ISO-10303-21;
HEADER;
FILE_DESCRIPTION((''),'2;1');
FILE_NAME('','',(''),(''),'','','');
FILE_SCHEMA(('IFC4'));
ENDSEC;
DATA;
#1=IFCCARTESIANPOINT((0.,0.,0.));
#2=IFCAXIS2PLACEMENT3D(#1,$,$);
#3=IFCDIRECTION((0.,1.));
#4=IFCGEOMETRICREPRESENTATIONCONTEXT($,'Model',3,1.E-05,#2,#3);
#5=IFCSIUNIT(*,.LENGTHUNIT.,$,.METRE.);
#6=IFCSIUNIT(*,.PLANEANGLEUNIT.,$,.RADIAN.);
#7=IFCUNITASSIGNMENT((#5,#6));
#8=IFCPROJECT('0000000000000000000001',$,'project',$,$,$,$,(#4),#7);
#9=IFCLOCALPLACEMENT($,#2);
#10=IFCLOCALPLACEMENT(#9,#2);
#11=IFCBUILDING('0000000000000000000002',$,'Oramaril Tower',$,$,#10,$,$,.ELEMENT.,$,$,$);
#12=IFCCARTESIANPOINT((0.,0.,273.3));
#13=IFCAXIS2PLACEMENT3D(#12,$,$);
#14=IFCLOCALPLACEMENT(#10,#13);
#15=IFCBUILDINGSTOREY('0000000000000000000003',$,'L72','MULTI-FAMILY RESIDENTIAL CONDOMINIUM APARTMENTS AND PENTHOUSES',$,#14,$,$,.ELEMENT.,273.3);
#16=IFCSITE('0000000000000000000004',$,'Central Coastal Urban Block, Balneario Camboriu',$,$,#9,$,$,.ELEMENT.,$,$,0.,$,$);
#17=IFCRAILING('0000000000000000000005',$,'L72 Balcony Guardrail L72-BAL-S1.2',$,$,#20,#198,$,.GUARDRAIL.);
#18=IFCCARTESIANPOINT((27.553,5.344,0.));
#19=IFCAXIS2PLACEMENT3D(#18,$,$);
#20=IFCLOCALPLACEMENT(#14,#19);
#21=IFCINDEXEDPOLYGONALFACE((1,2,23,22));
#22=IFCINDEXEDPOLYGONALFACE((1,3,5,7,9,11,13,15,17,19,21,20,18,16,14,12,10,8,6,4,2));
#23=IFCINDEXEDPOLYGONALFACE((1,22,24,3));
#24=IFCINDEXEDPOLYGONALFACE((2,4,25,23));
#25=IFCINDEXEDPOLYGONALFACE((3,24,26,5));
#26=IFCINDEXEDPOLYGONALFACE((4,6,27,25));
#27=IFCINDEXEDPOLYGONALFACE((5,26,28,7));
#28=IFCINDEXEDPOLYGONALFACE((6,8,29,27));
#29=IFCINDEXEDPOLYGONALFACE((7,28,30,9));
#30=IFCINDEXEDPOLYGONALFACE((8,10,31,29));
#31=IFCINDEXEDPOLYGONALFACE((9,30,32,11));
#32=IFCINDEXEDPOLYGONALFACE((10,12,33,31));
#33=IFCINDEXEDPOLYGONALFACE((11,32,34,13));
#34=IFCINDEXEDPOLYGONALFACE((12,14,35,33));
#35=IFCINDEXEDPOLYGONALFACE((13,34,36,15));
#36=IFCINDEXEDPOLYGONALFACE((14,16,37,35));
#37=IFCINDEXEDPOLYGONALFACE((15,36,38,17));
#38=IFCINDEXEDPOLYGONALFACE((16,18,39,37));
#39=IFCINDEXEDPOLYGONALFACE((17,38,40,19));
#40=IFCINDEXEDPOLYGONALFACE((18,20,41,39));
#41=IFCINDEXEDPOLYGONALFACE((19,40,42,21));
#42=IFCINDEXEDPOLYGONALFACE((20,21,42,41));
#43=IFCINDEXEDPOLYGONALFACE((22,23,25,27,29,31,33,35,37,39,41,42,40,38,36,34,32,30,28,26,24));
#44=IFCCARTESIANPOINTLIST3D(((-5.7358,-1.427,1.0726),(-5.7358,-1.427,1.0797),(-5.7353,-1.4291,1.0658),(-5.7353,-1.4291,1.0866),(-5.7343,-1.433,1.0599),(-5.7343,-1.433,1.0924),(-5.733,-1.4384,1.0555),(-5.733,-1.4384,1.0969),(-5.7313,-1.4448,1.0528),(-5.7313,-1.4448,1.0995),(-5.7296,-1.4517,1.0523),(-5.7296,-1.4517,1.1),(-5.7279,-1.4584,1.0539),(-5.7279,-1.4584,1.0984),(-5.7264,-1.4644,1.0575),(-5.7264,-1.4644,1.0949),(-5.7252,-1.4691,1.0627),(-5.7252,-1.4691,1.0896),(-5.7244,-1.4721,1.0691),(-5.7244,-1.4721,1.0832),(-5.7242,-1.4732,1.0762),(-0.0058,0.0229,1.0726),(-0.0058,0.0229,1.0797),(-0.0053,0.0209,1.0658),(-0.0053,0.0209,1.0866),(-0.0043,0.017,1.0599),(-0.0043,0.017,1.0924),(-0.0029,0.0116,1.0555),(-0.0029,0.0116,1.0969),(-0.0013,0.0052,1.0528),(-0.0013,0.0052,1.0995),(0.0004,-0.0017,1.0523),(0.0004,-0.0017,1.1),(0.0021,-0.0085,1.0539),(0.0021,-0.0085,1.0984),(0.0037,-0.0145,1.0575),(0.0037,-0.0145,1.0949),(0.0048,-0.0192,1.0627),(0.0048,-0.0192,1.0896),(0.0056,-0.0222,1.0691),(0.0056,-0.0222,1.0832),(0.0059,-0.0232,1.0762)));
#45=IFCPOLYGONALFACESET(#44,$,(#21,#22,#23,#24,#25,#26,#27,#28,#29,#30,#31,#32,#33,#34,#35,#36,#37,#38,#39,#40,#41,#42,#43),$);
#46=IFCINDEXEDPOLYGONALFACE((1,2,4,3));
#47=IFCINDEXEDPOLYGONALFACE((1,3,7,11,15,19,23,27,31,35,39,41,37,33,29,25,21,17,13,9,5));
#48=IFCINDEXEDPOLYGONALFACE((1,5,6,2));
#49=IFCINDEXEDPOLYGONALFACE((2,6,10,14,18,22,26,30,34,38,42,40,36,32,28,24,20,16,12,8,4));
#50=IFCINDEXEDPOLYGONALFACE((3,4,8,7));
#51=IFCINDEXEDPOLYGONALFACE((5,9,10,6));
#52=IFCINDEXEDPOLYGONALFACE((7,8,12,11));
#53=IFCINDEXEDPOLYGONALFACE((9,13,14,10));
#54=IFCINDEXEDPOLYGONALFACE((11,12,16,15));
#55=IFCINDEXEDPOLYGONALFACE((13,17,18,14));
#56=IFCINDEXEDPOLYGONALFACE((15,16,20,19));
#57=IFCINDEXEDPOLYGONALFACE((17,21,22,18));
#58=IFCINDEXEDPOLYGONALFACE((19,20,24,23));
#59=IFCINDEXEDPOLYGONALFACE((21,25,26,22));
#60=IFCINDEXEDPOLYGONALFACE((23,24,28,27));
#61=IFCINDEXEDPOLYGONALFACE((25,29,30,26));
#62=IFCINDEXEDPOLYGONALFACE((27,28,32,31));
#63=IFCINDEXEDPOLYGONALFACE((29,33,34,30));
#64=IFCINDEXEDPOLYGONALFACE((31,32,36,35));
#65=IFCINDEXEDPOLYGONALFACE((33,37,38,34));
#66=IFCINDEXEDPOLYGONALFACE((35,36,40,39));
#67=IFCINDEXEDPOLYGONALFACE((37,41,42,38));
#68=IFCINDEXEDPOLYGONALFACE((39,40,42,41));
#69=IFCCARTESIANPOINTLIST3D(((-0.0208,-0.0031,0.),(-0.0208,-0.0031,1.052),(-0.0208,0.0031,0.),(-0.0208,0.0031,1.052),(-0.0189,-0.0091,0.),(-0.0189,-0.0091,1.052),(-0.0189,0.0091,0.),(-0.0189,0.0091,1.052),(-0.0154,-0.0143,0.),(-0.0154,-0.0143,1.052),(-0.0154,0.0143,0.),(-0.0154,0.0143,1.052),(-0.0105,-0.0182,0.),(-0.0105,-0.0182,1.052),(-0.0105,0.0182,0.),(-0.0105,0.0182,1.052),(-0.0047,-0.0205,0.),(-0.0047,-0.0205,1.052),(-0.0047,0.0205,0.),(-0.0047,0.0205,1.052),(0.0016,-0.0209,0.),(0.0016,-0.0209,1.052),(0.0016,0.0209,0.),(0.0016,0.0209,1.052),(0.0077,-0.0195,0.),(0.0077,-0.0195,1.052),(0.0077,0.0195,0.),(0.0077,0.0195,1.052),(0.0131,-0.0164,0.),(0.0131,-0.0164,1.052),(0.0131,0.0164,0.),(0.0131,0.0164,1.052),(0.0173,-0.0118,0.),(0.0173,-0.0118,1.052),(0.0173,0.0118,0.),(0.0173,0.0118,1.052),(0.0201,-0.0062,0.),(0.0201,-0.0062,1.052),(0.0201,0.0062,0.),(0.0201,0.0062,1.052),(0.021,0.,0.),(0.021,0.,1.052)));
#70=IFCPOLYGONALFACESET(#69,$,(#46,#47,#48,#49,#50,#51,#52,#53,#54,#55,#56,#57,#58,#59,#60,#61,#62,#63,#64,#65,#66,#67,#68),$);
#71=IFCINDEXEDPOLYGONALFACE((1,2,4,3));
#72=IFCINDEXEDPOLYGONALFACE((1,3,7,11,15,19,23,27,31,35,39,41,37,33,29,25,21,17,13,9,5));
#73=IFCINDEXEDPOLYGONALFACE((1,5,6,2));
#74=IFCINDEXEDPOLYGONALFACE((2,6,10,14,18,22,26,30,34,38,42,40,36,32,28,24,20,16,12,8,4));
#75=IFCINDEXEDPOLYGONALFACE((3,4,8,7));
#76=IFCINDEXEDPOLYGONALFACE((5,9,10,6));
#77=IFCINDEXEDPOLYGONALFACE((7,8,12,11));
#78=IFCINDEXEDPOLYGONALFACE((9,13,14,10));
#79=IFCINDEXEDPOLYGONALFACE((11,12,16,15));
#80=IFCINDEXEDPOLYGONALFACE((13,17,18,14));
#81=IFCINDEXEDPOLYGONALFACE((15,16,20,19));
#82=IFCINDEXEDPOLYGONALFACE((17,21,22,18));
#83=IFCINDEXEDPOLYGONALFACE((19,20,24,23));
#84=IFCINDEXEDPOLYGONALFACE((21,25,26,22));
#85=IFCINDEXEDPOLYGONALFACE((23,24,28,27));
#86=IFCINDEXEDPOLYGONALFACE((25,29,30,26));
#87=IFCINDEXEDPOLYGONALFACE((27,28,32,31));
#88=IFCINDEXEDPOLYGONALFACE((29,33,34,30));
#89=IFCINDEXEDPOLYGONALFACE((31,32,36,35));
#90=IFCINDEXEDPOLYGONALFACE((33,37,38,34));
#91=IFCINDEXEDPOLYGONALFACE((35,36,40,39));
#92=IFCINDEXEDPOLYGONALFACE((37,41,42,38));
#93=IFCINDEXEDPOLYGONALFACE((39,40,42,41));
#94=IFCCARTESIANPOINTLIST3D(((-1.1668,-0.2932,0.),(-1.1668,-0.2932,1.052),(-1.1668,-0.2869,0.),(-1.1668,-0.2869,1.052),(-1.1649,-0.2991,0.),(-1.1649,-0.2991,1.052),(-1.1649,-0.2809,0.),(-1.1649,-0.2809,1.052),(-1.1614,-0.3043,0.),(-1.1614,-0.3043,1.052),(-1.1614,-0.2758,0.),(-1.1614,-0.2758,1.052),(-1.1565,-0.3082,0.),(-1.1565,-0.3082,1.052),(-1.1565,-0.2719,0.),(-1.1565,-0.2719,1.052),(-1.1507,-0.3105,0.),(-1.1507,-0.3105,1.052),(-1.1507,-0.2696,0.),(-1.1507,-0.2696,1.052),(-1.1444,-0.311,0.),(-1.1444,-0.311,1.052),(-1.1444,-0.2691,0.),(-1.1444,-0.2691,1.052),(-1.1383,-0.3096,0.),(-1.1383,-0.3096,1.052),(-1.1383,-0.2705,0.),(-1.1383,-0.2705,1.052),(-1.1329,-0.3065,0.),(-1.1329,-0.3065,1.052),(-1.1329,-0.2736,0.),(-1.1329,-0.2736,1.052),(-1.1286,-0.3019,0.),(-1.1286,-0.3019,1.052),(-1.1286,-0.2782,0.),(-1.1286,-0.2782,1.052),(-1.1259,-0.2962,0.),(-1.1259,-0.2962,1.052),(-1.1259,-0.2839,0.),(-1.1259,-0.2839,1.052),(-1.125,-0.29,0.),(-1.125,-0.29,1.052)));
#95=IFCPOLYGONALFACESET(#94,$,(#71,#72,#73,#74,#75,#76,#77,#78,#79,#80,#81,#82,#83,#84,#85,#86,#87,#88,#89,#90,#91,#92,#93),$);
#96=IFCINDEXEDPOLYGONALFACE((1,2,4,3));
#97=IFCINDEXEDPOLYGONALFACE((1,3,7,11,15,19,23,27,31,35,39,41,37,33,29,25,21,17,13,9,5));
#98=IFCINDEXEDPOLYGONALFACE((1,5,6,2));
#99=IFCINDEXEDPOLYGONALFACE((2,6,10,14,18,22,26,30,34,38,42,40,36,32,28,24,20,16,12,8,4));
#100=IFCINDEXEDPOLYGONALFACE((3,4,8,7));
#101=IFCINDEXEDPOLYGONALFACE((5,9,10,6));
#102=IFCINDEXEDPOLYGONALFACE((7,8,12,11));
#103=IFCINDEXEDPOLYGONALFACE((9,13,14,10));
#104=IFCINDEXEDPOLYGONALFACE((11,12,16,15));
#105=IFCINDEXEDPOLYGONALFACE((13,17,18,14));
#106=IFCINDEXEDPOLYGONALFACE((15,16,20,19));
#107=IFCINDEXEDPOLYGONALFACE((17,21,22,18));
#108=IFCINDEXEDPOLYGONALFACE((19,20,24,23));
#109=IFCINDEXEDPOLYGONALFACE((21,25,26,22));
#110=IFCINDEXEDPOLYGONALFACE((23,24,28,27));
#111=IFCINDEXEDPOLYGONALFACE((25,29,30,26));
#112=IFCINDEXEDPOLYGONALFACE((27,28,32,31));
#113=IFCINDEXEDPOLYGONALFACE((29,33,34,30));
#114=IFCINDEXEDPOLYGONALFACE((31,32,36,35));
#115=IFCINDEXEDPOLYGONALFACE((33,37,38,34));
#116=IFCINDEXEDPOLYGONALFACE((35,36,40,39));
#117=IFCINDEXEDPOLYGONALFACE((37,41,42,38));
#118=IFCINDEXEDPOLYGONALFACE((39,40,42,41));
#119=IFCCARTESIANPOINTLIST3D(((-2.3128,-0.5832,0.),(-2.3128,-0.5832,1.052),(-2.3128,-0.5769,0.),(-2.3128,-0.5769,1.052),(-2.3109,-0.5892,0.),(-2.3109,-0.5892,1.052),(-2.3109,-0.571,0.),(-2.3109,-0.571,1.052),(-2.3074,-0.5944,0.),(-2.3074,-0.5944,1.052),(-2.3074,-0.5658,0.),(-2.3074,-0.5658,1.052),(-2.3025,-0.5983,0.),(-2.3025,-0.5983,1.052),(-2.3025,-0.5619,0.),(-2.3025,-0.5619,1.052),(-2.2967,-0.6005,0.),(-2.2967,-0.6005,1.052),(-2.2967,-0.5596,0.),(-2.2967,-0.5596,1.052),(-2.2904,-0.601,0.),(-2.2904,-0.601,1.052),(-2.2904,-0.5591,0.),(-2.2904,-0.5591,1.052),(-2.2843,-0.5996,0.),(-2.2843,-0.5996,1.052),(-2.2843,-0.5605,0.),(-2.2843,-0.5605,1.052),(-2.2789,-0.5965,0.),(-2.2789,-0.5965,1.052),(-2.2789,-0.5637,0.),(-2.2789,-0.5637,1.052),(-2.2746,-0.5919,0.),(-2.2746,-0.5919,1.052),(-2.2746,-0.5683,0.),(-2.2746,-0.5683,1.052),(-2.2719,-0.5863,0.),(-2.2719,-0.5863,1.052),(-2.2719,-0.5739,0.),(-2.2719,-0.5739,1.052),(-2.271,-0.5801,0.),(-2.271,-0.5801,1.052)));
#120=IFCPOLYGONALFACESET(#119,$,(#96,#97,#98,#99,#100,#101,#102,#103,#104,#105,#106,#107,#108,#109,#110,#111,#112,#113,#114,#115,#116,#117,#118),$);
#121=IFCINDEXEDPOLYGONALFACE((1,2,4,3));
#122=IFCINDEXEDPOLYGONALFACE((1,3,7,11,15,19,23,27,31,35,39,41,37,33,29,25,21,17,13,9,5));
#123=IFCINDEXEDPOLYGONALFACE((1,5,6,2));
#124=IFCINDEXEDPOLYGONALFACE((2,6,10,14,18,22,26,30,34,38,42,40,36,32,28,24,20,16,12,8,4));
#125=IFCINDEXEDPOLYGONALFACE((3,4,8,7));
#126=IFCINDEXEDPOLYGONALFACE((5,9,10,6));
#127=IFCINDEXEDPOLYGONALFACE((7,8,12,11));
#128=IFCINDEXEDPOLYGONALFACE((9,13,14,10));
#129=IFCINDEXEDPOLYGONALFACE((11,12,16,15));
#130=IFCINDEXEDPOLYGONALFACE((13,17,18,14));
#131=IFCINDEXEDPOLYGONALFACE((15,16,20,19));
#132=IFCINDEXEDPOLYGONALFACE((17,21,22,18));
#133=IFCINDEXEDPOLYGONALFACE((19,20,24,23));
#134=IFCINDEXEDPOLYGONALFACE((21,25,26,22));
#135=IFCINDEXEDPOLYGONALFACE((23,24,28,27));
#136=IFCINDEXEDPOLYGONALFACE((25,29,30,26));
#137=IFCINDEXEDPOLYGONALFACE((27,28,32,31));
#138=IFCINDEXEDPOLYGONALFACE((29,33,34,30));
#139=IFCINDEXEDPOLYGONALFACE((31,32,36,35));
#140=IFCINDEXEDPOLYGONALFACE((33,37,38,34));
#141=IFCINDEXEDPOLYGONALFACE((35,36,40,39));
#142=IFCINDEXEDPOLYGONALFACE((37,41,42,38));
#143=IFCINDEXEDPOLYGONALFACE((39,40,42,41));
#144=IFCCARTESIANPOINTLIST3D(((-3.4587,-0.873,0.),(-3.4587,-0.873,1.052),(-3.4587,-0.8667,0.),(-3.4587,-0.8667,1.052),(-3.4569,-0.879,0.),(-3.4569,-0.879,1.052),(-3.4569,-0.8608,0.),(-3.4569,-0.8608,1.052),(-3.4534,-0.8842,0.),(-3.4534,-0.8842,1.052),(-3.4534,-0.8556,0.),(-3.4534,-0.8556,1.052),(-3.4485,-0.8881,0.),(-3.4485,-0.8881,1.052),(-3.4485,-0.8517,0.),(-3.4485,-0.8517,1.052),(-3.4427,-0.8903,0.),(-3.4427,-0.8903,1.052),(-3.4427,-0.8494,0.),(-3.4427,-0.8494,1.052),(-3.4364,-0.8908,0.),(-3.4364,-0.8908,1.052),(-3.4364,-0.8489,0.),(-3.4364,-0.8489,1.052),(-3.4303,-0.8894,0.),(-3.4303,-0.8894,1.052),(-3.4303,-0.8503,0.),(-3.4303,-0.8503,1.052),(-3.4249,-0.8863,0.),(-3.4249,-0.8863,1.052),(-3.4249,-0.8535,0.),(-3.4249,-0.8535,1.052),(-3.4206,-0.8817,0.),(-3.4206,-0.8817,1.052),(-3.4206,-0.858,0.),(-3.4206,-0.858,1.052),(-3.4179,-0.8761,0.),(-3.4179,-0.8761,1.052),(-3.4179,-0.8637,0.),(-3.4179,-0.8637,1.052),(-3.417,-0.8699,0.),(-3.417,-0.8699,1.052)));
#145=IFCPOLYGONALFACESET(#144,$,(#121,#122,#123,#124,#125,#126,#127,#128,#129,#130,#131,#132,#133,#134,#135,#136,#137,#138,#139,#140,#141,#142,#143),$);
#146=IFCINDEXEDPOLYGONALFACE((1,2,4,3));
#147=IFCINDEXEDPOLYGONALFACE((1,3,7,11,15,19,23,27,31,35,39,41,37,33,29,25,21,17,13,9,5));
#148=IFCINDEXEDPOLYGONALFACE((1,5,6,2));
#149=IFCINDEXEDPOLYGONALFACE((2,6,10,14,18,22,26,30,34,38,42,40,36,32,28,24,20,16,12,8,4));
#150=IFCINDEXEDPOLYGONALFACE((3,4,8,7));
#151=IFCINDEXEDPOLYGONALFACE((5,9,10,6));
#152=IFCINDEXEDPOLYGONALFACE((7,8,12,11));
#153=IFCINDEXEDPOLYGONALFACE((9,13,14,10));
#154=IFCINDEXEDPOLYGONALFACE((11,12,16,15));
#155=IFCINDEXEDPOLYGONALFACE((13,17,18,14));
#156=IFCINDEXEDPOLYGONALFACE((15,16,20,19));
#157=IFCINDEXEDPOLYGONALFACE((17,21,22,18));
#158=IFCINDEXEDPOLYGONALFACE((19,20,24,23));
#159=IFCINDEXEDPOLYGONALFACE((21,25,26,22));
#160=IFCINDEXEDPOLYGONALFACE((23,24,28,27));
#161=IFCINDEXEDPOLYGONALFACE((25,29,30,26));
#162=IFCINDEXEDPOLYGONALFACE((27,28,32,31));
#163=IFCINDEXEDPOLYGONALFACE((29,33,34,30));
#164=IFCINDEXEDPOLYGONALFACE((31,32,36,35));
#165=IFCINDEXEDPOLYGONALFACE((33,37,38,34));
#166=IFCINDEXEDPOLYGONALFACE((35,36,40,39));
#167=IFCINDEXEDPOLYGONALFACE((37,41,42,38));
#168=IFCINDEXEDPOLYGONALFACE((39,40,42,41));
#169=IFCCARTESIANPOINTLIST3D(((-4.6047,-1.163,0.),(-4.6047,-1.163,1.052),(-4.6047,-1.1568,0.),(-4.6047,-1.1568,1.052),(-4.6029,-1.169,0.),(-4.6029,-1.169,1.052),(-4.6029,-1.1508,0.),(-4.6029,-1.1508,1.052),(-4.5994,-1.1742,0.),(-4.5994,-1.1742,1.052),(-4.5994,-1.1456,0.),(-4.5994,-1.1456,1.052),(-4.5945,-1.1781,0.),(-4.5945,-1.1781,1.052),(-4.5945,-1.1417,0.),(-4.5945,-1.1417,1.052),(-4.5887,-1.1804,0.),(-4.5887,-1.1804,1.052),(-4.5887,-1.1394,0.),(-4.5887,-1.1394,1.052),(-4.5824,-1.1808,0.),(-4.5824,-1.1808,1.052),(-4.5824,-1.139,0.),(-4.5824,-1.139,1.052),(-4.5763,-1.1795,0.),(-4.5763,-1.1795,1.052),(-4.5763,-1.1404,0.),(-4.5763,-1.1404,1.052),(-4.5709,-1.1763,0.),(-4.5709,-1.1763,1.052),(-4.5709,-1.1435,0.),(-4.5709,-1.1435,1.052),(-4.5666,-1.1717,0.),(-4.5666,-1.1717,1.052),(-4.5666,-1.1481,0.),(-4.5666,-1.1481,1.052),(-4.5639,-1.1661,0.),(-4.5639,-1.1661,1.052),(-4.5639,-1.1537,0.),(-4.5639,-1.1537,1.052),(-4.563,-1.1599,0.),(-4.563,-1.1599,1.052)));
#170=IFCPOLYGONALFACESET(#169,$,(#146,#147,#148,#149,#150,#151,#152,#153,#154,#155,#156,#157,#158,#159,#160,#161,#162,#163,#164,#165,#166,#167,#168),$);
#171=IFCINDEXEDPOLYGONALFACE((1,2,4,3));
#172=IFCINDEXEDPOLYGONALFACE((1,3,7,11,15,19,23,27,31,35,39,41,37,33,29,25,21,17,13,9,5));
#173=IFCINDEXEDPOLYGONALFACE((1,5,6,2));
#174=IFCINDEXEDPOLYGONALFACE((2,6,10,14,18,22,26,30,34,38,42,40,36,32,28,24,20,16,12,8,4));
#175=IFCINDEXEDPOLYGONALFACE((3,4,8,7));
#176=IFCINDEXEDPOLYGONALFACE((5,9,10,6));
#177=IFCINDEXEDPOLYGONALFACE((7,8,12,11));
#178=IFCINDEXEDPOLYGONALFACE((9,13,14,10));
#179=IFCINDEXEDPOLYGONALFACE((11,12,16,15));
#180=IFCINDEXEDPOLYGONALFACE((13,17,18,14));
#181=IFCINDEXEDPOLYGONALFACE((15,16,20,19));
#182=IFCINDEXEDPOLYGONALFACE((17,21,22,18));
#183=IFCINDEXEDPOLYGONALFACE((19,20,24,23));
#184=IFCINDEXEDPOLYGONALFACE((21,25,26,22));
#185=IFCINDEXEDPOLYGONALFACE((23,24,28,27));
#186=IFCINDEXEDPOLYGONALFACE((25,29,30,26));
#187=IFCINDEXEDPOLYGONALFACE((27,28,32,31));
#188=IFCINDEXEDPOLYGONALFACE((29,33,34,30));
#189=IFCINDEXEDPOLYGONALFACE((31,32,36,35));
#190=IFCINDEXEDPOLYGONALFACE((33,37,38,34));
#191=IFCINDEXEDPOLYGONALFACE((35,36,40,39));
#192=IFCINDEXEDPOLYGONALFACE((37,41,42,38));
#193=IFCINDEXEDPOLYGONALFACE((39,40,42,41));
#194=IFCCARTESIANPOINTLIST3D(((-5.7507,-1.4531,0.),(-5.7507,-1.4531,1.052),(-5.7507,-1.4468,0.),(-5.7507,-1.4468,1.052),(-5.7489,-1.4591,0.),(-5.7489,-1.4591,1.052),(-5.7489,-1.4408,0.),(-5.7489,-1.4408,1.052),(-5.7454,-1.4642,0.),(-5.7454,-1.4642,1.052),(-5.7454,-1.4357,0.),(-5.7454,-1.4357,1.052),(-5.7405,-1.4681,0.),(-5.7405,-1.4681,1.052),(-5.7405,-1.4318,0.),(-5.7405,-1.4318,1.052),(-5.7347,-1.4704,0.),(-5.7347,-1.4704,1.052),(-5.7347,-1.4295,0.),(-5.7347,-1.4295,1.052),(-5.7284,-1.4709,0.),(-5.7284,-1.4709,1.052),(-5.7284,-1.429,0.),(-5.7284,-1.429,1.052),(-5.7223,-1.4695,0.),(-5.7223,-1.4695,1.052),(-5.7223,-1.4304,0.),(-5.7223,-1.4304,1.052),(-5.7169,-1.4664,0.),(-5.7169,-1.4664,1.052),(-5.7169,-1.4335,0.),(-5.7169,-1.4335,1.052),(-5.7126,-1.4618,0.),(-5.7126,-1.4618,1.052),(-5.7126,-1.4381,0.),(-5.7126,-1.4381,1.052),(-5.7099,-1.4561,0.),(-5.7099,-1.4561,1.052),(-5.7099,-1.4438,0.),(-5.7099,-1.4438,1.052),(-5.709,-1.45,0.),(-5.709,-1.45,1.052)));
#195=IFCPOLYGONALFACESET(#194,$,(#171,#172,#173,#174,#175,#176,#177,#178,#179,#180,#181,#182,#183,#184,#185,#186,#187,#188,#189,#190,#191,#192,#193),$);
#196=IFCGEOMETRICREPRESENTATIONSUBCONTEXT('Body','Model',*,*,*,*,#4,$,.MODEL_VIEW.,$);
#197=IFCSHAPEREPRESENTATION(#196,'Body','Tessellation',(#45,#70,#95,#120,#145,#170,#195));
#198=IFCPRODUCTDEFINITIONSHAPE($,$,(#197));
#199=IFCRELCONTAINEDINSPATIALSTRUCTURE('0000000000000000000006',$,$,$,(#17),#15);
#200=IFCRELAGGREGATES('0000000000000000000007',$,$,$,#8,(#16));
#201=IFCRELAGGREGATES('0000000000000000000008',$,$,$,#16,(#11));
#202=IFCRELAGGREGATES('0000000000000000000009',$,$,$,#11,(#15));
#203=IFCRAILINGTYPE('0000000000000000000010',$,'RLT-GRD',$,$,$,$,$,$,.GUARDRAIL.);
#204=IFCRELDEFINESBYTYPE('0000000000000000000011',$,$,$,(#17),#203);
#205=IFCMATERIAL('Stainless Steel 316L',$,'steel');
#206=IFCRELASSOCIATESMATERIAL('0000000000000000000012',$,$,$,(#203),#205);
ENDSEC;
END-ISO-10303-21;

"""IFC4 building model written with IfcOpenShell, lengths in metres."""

from ifc_helpers import new_model, si_unit, direction, frame, origin, origin_2d, place, context, subcontext, project, spatial, circle, extrude, material, type_object, element, save


model = new_model("IFC4")

# Units and contexts
model_context = context("Model", 3, precision=1e-05, world=origin(), true_north=direction((0.0, 1.0)))
body_context = subcontext(model_context, "Body", "Model", "MODEL_VIEW")
ifc_project = project(units=[si_unit("LENGTHUNIT", "METRE"), si_unit("PLANEANGLEUNIT", "RADIAN")], contexts=[model_context])

# Site, building, storey
site_placement = place(None, origin())
site = spatial("IfcSite", under=ifc_project, at=site_placement, Name="Central Coastal Urban Block, Balneario Camboriu", CompositionType="ELEMENT", RefElevation=0.0)
building_placement = place(site_placement, origin())
building = spatial("IfcBuilding", under=site, at=building_placement, Name="Oramaril Tower", CompositionType="ELEMENT")
storey_placement = place(building_placement, frame((0.0, 0.0, 273.3)))
storey = spatial("IfcBuildingStorey", under=building, at=storey_placement, Name="L72", Description="MULTI-FAMILY RESIDENTIAL CONDOMINIUM APARTMENTS AND PENTHOUSES", CompositionType="ELEMENT", Elevation=273.3)

# Railing
ifc_material_1 = material(Name="Stainless Steel 316L", Category="steel")
railing_type = type_object("IfcRailingType", Name="RLT-GRD", PredefinedType="GUARDRAIL", material=ifc_material_1)
railing_1_placement = place(storey_placement, frame((27.553, 5.344, 0.0)))
element("IfcRailing", 1, at=railing_1_placement, inside=storey, type_object=railing_type, Name="L72 Balcony Guardrail L72-BAL-S1.2", PredefinedType="GUARDRAIL", context=body_context, shape_type="SweptSolid", body=[
    extrude(circle(Radius=0.0239, at=origin_2d()), frame((0.0, 0.0, 1.0762), z_axis=(-0.969444, -0.245314, 0.0), x_axis=(0.245314, -0.969444, 0.0)), (0.0, 0.0, 1.0), 5.9106),
    extrude(circle(Radius=0.021, at=origin_2d()), origin(), (0.0, 0.0, 1.0), 1.052),
    extrude(circle(Radius=0.021, at=origin_2d()), frame((-1.146, -0.29, 0.0)), (0.0, 0.0, 1.0), 1.052),
    extrude(circle(Radius=0.021, at=origin_2d()), frame((-2.292, -0.5801, 0.0)), (0.0, 0.0, 1.0), 1.052),
    extrude(circle(Radius=0.021, at=origin_2d()), frame((-3.438, -0.8699, 0.0)), (0.0, 0.0, 1.0), 1.052),
    extrude(circle(Radius=0.021, at=origin_2d()), frame((-4.584, -1.1599, 0.0)), (0.0, 0.0, 1.0), 1.052),
    extrude(circle(Radius=0.021, at=origin_2d()), frame((-5.73, -1.45, 0.0)), (0.0, 0.0, 1.0), 1.052),
])

save(model, "model.ifc")
